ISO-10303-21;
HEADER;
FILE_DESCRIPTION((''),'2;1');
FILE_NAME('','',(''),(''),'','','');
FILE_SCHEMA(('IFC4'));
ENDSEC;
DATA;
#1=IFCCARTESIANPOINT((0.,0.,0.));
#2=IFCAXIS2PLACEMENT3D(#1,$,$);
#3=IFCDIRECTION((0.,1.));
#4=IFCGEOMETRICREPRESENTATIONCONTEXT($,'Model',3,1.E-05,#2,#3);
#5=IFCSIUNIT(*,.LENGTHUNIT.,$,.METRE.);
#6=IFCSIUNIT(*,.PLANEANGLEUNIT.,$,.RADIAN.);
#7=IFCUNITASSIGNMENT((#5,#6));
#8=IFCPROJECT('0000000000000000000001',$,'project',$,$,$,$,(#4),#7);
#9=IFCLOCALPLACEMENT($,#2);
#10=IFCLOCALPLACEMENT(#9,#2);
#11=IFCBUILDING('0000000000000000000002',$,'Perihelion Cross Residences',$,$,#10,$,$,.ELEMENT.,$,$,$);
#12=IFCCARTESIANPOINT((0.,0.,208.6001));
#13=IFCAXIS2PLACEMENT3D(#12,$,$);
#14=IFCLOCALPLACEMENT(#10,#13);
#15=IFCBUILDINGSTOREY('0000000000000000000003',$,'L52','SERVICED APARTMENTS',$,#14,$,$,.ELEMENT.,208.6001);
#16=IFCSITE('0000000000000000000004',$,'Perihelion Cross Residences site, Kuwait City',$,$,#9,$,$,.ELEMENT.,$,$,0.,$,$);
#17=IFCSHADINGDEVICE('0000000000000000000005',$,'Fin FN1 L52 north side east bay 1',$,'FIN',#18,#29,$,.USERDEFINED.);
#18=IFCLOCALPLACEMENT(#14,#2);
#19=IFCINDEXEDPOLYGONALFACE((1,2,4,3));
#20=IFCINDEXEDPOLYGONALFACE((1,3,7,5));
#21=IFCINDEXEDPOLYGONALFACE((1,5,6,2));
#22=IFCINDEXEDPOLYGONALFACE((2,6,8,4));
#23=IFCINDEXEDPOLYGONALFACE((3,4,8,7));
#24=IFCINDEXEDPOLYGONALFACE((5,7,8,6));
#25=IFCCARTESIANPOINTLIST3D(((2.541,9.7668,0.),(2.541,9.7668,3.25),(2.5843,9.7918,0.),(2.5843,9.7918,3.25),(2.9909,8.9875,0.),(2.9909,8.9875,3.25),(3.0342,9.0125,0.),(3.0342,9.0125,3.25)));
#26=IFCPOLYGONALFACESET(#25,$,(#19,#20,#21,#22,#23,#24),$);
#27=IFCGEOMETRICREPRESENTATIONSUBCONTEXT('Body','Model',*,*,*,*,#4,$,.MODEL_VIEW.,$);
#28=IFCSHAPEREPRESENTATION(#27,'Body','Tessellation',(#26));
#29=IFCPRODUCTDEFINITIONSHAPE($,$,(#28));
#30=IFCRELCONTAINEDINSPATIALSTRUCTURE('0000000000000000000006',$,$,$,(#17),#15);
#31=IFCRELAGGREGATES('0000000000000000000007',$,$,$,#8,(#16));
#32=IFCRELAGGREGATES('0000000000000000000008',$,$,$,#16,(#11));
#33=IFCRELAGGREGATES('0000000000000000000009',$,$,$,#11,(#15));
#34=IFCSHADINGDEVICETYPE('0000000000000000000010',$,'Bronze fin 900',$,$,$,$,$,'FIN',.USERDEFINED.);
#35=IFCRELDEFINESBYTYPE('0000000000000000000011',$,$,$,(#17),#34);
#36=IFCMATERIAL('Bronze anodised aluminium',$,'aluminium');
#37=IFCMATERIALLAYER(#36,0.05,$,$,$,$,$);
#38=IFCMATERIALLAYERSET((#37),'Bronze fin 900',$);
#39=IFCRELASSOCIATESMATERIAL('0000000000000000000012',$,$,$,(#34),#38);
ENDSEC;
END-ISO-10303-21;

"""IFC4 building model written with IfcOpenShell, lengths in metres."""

from ifc_helpers import new_model, si_unit, direction, frame, origin, origin_2d, place, context, subcontext, project, spatial, rectangle, extrude, material, layer, layer_set, type_object, element, save


model = new_model("IFC4")

# Units and contexts
model_context = context("Model", 3, precision=1e-05, world=origin(), true_north=direction((0.0, 1.0)))
body_context = subcontext(model_context, "Body", "Model", "MODEL_VIEW")
ifc_project = project(units=[si_unit("LENGTHUNIT", "METRE"), si_unit("PLANEANGLEUNIT", "RADIAN")], contexts=[model_context])

# Site, building, storey
site_placement = place(None, origin())
site = spatial("IfcSite", under=ifc_project, at=site_placement, Name="Perihelion Cross Residences site, Kuwait City", CompositionType="ELEMENT", RefElevation=0.0)
building_placement = place(site_placement, origin())
building = spatial("IfcBuilding", under=site, at=building_placement, Name="Perihelion Cross Residences", CompositionType="ELEMENT")
storey_placement = place(building_placement, frame((0.0, 0.0, 208.6001)))
storey = spatial("IfcBuildingStorey", under=building, at=storey_placement, Name="L52", Description="SERVICED APARTMENTS", CompositionType="ELEMENT", Elevation=208.6001)

# Shading device
ifc_material_1 = material(Name="Bronze anodised aluminium", Category="aluminium")
ifc_layer_1 = layer(ifc_material_1, 0.05)
ifc_layer_set_1 = layer_set([ifc_layer_1], Name="Bronze fin 900")
shading_device_type = type_object("IfcShadingDeviceType", Name="Bronze fin 900", ElementType="FIN", PredefinedType="USERDEFINED", material=ifc_layer_set_1)
shading_device_placement = place(storey_placement, frame((2.7876, 9.3896, 0.0), z_axis=(0.0, 0.0, 1.0), x_axis=(-0.5, 0.866025, 0.0)))
element("IfcShadingDevice", 1, at=shading_device_placement, inside=storey, type_object=shading_device_type, Name="Fin FN1 L52 north side east bay 1", ObjectType="FIN", PredefinedType="USERDEFINED", context=body_context, shape_type="SweptSolid", body=[
    extrude(rectangle(XDim=0.8999, YDim=0.05, at=origin_2d()), origin(), (0.0, 0.0, 1.0), 3.25),
])

save(model, "model.ifc")
